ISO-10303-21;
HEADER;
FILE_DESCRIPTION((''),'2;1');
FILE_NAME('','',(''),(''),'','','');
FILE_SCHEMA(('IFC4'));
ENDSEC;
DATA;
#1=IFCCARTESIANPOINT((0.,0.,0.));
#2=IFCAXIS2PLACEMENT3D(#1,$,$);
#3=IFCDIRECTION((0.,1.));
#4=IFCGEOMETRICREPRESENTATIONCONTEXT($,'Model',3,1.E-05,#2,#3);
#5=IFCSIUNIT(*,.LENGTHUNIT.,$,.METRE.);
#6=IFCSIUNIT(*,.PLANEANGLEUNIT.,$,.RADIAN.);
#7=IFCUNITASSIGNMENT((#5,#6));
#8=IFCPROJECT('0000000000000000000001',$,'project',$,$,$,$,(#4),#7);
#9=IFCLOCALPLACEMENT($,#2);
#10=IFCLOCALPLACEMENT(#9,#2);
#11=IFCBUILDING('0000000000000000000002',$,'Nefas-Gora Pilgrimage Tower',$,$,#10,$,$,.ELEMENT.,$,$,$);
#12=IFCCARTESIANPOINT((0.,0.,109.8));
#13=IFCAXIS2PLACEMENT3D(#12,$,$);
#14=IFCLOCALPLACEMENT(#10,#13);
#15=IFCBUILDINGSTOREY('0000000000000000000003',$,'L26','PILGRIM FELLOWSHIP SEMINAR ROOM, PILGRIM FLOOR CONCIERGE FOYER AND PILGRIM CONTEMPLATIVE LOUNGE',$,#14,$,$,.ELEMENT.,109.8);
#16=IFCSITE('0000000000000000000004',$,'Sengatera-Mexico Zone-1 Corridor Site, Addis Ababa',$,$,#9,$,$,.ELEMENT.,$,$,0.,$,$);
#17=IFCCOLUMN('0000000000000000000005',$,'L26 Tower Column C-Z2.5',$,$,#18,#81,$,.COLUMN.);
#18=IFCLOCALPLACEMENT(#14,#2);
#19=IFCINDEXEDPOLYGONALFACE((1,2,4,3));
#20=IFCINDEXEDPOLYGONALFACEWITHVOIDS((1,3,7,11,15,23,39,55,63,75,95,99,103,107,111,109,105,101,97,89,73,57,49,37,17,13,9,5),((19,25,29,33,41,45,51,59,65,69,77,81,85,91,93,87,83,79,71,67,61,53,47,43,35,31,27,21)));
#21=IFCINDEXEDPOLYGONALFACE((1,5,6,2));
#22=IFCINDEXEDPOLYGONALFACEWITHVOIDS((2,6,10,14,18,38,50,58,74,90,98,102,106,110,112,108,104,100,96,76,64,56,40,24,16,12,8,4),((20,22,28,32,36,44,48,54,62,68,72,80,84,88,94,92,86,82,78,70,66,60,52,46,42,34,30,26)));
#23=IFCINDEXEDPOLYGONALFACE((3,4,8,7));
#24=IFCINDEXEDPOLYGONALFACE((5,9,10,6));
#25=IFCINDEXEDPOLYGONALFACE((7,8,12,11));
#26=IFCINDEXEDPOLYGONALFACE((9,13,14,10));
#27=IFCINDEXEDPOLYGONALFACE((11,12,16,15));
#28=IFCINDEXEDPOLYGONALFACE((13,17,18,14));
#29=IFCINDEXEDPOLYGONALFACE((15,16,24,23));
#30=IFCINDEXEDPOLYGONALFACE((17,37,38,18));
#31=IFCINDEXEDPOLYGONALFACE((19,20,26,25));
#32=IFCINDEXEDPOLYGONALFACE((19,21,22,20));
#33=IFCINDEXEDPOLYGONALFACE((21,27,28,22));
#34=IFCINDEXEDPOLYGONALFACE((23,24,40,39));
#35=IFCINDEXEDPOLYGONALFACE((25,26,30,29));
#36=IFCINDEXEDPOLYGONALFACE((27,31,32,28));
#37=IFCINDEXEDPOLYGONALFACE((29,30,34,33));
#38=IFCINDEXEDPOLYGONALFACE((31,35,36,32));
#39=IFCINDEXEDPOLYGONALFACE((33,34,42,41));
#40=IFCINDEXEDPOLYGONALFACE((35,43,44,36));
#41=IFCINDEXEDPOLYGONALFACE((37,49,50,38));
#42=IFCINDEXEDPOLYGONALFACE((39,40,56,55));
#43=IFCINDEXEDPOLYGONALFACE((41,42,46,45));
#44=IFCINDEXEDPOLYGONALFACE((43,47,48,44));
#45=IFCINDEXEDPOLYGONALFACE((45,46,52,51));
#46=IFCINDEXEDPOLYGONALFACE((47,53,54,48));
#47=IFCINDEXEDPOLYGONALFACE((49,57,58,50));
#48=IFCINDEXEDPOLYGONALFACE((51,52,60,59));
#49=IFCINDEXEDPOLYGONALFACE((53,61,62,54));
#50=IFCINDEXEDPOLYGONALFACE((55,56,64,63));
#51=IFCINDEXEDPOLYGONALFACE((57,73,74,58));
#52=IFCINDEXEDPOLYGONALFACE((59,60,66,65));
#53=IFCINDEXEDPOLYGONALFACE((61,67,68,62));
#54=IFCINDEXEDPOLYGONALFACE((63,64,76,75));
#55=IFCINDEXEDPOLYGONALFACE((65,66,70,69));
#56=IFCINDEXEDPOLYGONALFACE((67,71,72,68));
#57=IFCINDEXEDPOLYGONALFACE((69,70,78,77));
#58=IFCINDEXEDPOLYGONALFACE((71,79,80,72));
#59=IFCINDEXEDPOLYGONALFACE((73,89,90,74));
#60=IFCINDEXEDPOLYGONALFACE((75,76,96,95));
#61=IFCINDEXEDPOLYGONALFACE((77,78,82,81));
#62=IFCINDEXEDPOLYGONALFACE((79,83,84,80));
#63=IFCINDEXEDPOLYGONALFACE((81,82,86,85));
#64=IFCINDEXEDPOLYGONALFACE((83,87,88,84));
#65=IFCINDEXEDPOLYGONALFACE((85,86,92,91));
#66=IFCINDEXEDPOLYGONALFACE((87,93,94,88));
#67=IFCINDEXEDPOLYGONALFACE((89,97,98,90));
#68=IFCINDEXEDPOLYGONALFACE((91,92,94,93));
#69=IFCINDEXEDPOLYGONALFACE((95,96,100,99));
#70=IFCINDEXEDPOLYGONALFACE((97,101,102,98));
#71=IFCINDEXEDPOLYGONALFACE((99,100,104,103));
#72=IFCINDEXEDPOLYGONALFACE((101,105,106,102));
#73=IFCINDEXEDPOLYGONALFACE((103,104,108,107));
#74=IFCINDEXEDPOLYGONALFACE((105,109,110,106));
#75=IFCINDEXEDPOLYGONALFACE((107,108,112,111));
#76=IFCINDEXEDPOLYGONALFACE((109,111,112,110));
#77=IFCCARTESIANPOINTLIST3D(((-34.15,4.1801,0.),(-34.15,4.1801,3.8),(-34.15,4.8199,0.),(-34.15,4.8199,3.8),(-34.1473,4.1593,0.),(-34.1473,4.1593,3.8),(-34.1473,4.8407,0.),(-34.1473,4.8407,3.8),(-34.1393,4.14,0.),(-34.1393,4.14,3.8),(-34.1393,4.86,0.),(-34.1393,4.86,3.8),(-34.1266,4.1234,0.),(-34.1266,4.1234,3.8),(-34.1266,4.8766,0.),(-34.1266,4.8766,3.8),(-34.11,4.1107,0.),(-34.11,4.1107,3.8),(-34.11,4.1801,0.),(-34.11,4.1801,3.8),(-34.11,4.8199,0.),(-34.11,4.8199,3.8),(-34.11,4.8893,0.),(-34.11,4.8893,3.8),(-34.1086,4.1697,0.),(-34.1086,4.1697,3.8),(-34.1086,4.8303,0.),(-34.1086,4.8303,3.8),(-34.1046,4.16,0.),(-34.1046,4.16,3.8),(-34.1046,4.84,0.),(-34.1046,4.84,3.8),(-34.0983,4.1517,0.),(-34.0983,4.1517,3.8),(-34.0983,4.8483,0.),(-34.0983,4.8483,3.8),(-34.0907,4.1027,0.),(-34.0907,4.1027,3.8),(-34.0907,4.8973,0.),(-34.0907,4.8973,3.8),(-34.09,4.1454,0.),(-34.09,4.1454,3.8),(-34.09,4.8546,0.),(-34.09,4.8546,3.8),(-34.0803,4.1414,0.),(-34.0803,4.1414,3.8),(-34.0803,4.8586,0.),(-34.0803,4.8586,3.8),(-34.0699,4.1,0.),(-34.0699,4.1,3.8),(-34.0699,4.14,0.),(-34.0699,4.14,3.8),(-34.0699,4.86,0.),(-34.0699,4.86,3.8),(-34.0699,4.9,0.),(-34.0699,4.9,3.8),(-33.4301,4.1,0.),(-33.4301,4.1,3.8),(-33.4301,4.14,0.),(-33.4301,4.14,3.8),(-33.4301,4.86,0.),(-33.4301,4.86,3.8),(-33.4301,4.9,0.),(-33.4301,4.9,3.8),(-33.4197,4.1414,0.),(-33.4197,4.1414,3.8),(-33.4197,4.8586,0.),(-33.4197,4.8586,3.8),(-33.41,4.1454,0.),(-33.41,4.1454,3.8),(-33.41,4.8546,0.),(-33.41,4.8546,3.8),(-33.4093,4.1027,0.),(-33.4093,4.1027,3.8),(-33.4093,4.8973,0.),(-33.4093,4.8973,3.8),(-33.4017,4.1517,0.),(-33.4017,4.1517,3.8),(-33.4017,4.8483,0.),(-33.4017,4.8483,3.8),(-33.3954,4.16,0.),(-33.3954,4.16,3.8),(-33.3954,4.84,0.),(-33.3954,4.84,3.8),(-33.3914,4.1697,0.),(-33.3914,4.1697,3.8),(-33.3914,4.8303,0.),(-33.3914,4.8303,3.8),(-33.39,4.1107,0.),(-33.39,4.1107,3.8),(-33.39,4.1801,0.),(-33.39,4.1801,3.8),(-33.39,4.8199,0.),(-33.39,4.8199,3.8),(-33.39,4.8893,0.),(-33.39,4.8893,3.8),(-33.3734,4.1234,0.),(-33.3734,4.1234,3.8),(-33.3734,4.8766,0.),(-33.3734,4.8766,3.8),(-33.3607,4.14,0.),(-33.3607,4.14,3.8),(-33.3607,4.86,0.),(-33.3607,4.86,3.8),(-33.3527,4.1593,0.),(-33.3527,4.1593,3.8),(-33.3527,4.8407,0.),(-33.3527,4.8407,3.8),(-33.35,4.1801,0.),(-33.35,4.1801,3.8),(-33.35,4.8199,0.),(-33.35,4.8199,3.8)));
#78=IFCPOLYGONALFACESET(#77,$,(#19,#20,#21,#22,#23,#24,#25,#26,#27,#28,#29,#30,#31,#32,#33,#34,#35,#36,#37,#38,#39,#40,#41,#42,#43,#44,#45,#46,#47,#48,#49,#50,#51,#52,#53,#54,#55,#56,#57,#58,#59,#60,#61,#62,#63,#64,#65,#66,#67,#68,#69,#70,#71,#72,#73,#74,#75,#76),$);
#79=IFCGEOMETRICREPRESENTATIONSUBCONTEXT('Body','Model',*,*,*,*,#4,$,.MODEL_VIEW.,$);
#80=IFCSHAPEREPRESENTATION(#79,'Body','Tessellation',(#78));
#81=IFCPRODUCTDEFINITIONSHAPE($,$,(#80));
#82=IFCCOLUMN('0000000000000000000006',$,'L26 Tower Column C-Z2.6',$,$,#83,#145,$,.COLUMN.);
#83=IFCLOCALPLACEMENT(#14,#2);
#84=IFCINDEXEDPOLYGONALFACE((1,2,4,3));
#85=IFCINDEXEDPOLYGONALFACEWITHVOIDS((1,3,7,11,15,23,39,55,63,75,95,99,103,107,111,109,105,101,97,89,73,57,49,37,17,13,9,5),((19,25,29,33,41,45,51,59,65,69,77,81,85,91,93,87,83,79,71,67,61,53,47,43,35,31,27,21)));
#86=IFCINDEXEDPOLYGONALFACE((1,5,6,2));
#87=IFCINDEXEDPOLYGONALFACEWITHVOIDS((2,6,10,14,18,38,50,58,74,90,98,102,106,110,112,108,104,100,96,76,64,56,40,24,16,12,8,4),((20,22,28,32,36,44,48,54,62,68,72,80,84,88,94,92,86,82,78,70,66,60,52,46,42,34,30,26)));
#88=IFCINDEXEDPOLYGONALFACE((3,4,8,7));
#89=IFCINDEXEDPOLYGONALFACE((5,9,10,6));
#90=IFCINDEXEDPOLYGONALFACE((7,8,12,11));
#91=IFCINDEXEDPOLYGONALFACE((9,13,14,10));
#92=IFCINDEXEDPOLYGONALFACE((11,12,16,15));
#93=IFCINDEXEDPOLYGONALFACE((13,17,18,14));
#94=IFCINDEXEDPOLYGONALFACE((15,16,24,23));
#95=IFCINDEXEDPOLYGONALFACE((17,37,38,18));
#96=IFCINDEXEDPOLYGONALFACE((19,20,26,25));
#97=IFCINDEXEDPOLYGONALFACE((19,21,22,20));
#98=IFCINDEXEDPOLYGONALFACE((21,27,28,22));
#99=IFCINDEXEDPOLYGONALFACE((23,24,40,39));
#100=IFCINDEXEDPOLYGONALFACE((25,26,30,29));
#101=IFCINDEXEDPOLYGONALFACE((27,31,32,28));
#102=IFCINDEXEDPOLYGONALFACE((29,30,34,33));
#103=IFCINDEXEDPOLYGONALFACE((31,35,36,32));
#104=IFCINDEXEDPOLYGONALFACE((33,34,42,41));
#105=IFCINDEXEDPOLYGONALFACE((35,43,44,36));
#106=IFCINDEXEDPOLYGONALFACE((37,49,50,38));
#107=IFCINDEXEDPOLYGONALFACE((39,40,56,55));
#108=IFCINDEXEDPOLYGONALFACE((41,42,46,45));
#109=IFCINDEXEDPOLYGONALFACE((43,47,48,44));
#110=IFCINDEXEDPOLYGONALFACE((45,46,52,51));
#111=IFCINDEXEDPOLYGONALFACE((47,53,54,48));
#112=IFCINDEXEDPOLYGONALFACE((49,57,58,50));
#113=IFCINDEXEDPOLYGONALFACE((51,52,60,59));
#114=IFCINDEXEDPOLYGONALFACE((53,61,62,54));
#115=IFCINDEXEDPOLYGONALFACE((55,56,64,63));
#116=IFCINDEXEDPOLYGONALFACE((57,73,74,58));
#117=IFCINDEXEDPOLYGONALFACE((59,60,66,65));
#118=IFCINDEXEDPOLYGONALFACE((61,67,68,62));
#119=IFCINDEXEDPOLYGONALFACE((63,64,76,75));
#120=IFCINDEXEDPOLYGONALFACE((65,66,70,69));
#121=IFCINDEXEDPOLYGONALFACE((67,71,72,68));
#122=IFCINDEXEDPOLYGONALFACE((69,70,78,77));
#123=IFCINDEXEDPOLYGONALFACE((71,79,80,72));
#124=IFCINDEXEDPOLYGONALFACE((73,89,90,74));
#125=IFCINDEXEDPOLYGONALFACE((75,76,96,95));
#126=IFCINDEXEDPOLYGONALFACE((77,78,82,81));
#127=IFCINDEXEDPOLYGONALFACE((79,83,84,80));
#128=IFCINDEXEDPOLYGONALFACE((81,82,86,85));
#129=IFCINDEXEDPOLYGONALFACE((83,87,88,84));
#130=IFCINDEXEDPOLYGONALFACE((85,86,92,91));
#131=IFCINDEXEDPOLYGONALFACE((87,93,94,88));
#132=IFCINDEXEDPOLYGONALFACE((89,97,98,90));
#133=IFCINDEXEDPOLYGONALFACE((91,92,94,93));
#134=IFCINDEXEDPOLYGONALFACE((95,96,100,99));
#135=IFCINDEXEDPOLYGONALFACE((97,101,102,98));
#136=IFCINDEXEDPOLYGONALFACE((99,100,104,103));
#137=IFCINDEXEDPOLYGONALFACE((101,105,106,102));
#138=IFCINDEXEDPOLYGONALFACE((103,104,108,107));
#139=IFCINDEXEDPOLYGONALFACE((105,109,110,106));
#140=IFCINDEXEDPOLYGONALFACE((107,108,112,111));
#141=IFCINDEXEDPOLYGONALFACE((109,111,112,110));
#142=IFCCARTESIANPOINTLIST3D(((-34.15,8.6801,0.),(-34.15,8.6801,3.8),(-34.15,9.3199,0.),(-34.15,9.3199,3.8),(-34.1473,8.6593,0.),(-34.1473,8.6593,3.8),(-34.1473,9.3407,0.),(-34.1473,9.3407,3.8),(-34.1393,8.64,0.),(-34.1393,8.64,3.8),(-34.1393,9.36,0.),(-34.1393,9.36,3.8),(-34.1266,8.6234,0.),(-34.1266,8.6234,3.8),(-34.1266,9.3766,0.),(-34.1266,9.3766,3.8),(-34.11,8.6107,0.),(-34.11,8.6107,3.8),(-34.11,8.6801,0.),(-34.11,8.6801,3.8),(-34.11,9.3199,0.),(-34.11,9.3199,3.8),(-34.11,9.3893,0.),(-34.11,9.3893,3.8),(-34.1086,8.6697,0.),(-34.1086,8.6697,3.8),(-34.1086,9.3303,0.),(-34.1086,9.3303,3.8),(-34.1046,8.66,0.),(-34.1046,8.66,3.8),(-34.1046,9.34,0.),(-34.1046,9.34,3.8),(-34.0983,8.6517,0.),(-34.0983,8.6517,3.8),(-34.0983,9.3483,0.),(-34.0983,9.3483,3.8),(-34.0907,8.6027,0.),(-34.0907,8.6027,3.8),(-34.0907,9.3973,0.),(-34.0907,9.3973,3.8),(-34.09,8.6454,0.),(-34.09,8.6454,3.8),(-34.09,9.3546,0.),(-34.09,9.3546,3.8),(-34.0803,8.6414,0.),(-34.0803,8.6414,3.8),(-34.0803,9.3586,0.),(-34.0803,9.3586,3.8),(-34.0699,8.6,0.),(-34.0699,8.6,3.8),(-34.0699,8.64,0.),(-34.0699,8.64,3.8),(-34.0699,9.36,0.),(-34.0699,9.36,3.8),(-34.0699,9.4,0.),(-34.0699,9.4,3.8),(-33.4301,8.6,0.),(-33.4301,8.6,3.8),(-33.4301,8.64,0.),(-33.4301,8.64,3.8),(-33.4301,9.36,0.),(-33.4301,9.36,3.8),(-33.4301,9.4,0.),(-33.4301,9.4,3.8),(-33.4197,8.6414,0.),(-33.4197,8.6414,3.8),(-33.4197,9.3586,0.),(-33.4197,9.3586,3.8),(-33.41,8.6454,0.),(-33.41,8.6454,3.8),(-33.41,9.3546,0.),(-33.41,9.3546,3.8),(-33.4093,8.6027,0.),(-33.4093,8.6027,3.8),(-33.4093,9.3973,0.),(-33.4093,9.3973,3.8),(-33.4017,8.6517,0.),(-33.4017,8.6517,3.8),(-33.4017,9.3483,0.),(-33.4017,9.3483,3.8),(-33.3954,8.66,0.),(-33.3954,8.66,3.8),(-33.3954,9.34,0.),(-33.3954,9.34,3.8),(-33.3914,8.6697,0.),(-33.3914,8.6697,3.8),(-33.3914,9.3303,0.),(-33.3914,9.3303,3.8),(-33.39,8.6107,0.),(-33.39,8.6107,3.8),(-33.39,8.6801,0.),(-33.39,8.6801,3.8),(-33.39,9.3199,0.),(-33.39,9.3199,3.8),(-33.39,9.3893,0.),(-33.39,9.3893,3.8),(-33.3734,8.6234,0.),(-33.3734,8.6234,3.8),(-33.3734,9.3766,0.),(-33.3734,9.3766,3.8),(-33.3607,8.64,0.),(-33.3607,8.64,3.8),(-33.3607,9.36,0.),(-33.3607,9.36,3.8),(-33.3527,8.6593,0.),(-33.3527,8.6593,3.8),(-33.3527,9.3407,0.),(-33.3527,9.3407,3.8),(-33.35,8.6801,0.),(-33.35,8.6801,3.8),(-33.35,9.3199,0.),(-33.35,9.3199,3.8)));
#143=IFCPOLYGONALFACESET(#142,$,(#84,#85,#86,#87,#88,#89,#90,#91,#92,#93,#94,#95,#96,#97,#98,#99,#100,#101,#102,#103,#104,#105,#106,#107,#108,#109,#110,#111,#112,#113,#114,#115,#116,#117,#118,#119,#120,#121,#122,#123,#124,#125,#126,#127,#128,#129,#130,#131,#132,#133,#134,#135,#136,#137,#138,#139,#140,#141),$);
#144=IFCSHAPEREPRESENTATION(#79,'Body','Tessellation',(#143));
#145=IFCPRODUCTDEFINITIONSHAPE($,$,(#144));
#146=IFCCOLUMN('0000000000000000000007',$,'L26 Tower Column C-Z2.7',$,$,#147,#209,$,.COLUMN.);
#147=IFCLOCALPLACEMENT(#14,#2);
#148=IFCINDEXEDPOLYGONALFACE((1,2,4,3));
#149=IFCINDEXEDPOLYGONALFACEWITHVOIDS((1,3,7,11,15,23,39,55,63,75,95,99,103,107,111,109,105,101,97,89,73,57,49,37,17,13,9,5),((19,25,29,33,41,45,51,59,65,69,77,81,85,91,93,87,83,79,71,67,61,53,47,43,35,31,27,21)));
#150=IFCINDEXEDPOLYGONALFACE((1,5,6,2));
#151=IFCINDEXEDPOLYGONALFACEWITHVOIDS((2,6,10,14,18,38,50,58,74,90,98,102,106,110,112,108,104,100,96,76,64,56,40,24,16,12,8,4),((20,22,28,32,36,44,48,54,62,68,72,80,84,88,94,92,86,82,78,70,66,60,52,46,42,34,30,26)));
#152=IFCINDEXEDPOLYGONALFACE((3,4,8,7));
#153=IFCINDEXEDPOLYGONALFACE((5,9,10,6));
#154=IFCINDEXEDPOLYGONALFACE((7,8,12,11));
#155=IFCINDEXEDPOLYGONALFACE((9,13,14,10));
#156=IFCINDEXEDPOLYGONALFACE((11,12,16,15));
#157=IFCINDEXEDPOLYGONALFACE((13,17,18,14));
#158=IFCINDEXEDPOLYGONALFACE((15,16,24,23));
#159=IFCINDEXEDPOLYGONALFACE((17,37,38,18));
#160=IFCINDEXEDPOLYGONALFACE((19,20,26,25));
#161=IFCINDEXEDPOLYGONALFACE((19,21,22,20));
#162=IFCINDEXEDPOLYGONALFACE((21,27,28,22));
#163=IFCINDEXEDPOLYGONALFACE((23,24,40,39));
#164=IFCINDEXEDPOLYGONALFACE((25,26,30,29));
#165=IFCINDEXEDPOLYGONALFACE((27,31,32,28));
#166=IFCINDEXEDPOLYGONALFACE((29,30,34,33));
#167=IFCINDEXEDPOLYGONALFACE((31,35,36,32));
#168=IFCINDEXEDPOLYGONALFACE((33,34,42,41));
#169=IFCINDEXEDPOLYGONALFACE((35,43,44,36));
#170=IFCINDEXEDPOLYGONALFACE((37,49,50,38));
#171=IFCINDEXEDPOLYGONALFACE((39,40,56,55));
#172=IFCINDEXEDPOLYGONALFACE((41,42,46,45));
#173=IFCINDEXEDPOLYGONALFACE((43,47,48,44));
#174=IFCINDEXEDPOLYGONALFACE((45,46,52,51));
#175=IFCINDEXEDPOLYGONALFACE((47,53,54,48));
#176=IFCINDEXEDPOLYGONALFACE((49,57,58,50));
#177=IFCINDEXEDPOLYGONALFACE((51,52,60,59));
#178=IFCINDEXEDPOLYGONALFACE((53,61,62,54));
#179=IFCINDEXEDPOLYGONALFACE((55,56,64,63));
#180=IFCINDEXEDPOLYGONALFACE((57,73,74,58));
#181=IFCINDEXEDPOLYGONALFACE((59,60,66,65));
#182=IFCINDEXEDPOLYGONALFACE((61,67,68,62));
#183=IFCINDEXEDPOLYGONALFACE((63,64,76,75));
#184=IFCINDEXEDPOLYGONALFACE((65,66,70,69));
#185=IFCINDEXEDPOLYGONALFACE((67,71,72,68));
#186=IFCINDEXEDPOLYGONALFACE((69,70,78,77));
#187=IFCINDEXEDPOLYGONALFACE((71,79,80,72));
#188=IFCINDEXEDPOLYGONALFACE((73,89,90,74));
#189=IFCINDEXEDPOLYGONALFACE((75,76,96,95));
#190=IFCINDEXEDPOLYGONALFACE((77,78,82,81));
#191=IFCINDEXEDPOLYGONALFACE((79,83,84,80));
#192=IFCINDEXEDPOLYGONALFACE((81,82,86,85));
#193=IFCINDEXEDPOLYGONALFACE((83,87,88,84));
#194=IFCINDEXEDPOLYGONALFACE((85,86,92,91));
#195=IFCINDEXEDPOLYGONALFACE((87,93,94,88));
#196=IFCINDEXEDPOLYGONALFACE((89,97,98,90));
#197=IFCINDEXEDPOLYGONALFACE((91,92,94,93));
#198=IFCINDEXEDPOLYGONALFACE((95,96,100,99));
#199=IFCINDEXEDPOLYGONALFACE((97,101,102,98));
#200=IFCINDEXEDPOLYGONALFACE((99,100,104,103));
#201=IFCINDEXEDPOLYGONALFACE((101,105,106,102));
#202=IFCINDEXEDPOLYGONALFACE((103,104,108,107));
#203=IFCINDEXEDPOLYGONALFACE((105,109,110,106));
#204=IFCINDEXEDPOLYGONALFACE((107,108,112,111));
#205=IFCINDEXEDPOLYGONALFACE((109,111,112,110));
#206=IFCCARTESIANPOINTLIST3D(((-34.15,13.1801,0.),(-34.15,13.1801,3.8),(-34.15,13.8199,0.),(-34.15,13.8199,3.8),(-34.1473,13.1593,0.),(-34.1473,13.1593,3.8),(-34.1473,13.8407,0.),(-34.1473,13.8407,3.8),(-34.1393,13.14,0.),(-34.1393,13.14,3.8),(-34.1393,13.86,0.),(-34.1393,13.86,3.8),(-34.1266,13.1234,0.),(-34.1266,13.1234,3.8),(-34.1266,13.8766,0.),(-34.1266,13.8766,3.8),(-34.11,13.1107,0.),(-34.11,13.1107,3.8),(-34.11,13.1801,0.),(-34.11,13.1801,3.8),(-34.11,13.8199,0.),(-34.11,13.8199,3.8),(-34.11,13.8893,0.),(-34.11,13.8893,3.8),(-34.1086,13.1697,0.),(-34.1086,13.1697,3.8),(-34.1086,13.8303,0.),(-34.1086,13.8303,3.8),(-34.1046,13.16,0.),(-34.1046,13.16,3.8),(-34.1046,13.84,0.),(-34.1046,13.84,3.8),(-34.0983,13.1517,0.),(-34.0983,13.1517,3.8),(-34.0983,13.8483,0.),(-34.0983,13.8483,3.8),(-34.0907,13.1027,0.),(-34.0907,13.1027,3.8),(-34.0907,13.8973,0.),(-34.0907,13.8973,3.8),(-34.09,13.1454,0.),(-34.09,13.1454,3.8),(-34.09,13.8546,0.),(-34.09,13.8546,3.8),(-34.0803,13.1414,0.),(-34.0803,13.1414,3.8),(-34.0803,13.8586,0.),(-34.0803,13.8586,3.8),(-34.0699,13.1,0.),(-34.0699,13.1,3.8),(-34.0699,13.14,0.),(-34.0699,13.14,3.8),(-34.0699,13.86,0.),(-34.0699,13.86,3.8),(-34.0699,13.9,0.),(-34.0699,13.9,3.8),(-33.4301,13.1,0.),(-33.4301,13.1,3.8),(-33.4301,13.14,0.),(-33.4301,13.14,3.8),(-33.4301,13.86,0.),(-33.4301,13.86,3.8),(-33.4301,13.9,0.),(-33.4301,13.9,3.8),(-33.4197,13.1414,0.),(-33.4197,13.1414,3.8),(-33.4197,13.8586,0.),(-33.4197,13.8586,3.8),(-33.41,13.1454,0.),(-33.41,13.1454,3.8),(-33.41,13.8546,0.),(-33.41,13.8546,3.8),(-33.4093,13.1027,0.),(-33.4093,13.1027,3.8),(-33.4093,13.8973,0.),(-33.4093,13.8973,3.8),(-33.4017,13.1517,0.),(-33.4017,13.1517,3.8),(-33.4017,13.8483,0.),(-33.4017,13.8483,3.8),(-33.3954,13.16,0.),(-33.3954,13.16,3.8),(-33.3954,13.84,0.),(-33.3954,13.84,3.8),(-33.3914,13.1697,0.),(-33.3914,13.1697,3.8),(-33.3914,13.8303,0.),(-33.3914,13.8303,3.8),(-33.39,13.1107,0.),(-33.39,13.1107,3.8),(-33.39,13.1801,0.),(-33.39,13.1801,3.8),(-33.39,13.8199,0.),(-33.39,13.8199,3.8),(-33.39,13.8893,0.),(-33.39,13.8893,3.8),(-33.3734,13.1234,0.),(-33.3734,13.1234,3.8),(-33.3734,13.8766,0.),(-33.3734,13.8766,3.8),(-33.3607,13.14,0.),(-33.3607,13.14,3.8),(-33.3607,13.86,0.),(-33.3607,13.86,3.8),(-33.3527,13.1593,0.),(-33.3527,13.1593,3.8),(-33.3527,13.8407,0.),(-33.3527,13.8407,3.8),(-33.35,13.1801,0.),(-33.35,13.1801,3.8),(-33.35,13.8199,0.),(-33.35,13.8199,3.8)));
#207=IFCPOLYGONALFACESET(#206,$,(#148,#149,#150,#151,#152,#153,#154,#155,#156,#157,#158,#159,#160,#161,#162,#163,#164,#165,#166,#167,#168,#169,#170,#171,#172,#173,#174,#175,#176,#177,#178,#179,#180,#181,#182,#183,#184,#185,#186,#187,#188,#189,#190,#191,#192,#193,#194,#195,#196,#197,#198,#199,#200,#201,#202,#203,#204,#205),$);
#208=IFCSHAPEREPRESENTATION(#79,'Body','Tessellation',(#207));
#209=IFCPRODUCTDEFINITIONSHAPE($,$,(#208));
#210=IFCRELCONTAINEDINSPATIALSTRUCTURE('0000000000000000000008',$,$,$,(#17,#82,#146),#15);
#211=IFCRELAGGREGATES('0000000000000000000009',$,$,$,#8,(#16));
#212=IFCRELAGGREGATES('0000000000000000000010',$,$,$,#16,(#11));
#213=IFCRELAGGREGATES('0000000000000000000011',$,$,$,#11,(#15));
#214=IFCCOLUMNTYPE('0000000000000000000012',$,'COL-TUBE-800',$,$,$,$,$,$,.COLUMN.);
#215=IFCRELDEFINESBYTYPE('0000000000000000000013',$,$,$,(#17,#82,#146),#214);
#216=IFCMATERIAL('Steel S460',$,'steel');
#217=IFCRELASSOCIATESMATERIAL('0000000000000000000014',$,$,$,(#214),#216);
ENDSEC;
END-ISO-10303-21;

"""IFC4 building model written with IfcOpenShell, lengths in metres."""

from ifc_helpers import new_model, si_unit, direction, frame, origin, origin_2d, place, context, subcontext, project, spatial, hollow_rectangle, extrude, source, transform, mapped, material, material_profile, profile_set, type_object, element, save


model = new_model("IFC4")

# Units and contexts
model_context = context("Model", 3, precision=1e-05, world=origin(), true_north=direction((0.0, 1.0)))
body_context = subcontext(model_context, "Body", "Model", "MODEL_VIEW")
ifc_project = project(units=[si_unit("LENGTHUNIT", "METRE"), si_unit("PLANEANGLEUNIT", "RADIAN")], contexts=[model_context])

# Site, building, storey
site_placement = place(None, origin())
site = spatial("IfcSite", under=ifc_project, at=site_placement, Name="Sengatera-Mexico Zone-1 Corridor Site, Addis Ababa", CompositionType="ELEMENT", RefElevation=0.0)
building_placement = place(site_placement, origin())
building = spatial("IfcBuilding", under=site, at=building_placement, Name="Nefas-Gora Pilgrimage Tower", CompositionType="ELEMENT")
storey_placement = place(building_placement, frame((0.0, 0.0, 109.8)))
storey = spatial("IfcBuildingStorey", under=building, at=storey_placement, Name="L26", Description="PILGRIM FELLOWSHIP SEMINAR ROOM, PILGRIM FLOOR CONCIERGE FOYER AND PILGRIM CONTEMPLATIVE LOUNGE", CompositionType="ELEMENT", Elevation=109.8)

# Columns
ifc_material_1 = material(Name="Steel S460", Category="steel")
ifc_material_profile_1 = material_profile(ifc_material_1, hollow_rectangle(XDim=0.8, YDim=0.8, WallThickness=0.04, InnerFilletRadius=0.04, OuterFilletRadius=0.0801, at=origin_2d()), Name="BOX 800x800x40")
ifc_profile_set_1 = profile_set([ifc_material_profile_1], Name="Steel S460")
column_type_1 = type_object("IfcColumnType", Name="COL-TUBE-800", PredefinedType="COLUMN", material=ifc_profile_set_1)
shared_shape_1 = source(origin(), body_context, "Body", "SweptSolid", [
    extrude(hollow_rectangle(XDim=0.8, YDim=0.8, WallThickness=0.04, InnerFilletRadius=0.04, OuterFilletRadius=0.0801, at=origin_2d()), origin(), (0.0, 0.0, 1.0), 3.8),
])
for number, where, z_axis, x_axis, name in (
    (1, (-33.75, 4.5, 0.0), (0.0, 0.0, 1.0), (1.0, 0.0, 0.0), "L26 Tower Column C-Z2.5"),
    (2, (-33.75, 9.0, 0.0), (0.0, 0.0, 1.0), (1.0, 0.0, 0.0), "L26 Tower Column C-Z2.6"),
    (3, (-33.75, 13.5, 0.0), (0.0, 0.0, 1.0), (1.0, 0.0, 0.0), "L26 Tower Column C-Z2.7"),
):
    element("IfcColumn", number, at=place(storey_placement, frame(where, z_axis=z_axis, x_axis=x_axis)), inside=storey, type_object=column_type_1, Name=name, PredefinedType="COLUMN", context=body_context, shape_type="MappedRepresentation", body=[
        mapped(shared_shape_1, transform((0.0, 0.0, 0.0), x_axis=(1.0, 0.0, 0.0), y_axis=(0.0, 1.0, 0.0), z_axis=(0.0, 0.0, 1.0), scale=1.0)),
    ])

save(model, "model.ifc")
